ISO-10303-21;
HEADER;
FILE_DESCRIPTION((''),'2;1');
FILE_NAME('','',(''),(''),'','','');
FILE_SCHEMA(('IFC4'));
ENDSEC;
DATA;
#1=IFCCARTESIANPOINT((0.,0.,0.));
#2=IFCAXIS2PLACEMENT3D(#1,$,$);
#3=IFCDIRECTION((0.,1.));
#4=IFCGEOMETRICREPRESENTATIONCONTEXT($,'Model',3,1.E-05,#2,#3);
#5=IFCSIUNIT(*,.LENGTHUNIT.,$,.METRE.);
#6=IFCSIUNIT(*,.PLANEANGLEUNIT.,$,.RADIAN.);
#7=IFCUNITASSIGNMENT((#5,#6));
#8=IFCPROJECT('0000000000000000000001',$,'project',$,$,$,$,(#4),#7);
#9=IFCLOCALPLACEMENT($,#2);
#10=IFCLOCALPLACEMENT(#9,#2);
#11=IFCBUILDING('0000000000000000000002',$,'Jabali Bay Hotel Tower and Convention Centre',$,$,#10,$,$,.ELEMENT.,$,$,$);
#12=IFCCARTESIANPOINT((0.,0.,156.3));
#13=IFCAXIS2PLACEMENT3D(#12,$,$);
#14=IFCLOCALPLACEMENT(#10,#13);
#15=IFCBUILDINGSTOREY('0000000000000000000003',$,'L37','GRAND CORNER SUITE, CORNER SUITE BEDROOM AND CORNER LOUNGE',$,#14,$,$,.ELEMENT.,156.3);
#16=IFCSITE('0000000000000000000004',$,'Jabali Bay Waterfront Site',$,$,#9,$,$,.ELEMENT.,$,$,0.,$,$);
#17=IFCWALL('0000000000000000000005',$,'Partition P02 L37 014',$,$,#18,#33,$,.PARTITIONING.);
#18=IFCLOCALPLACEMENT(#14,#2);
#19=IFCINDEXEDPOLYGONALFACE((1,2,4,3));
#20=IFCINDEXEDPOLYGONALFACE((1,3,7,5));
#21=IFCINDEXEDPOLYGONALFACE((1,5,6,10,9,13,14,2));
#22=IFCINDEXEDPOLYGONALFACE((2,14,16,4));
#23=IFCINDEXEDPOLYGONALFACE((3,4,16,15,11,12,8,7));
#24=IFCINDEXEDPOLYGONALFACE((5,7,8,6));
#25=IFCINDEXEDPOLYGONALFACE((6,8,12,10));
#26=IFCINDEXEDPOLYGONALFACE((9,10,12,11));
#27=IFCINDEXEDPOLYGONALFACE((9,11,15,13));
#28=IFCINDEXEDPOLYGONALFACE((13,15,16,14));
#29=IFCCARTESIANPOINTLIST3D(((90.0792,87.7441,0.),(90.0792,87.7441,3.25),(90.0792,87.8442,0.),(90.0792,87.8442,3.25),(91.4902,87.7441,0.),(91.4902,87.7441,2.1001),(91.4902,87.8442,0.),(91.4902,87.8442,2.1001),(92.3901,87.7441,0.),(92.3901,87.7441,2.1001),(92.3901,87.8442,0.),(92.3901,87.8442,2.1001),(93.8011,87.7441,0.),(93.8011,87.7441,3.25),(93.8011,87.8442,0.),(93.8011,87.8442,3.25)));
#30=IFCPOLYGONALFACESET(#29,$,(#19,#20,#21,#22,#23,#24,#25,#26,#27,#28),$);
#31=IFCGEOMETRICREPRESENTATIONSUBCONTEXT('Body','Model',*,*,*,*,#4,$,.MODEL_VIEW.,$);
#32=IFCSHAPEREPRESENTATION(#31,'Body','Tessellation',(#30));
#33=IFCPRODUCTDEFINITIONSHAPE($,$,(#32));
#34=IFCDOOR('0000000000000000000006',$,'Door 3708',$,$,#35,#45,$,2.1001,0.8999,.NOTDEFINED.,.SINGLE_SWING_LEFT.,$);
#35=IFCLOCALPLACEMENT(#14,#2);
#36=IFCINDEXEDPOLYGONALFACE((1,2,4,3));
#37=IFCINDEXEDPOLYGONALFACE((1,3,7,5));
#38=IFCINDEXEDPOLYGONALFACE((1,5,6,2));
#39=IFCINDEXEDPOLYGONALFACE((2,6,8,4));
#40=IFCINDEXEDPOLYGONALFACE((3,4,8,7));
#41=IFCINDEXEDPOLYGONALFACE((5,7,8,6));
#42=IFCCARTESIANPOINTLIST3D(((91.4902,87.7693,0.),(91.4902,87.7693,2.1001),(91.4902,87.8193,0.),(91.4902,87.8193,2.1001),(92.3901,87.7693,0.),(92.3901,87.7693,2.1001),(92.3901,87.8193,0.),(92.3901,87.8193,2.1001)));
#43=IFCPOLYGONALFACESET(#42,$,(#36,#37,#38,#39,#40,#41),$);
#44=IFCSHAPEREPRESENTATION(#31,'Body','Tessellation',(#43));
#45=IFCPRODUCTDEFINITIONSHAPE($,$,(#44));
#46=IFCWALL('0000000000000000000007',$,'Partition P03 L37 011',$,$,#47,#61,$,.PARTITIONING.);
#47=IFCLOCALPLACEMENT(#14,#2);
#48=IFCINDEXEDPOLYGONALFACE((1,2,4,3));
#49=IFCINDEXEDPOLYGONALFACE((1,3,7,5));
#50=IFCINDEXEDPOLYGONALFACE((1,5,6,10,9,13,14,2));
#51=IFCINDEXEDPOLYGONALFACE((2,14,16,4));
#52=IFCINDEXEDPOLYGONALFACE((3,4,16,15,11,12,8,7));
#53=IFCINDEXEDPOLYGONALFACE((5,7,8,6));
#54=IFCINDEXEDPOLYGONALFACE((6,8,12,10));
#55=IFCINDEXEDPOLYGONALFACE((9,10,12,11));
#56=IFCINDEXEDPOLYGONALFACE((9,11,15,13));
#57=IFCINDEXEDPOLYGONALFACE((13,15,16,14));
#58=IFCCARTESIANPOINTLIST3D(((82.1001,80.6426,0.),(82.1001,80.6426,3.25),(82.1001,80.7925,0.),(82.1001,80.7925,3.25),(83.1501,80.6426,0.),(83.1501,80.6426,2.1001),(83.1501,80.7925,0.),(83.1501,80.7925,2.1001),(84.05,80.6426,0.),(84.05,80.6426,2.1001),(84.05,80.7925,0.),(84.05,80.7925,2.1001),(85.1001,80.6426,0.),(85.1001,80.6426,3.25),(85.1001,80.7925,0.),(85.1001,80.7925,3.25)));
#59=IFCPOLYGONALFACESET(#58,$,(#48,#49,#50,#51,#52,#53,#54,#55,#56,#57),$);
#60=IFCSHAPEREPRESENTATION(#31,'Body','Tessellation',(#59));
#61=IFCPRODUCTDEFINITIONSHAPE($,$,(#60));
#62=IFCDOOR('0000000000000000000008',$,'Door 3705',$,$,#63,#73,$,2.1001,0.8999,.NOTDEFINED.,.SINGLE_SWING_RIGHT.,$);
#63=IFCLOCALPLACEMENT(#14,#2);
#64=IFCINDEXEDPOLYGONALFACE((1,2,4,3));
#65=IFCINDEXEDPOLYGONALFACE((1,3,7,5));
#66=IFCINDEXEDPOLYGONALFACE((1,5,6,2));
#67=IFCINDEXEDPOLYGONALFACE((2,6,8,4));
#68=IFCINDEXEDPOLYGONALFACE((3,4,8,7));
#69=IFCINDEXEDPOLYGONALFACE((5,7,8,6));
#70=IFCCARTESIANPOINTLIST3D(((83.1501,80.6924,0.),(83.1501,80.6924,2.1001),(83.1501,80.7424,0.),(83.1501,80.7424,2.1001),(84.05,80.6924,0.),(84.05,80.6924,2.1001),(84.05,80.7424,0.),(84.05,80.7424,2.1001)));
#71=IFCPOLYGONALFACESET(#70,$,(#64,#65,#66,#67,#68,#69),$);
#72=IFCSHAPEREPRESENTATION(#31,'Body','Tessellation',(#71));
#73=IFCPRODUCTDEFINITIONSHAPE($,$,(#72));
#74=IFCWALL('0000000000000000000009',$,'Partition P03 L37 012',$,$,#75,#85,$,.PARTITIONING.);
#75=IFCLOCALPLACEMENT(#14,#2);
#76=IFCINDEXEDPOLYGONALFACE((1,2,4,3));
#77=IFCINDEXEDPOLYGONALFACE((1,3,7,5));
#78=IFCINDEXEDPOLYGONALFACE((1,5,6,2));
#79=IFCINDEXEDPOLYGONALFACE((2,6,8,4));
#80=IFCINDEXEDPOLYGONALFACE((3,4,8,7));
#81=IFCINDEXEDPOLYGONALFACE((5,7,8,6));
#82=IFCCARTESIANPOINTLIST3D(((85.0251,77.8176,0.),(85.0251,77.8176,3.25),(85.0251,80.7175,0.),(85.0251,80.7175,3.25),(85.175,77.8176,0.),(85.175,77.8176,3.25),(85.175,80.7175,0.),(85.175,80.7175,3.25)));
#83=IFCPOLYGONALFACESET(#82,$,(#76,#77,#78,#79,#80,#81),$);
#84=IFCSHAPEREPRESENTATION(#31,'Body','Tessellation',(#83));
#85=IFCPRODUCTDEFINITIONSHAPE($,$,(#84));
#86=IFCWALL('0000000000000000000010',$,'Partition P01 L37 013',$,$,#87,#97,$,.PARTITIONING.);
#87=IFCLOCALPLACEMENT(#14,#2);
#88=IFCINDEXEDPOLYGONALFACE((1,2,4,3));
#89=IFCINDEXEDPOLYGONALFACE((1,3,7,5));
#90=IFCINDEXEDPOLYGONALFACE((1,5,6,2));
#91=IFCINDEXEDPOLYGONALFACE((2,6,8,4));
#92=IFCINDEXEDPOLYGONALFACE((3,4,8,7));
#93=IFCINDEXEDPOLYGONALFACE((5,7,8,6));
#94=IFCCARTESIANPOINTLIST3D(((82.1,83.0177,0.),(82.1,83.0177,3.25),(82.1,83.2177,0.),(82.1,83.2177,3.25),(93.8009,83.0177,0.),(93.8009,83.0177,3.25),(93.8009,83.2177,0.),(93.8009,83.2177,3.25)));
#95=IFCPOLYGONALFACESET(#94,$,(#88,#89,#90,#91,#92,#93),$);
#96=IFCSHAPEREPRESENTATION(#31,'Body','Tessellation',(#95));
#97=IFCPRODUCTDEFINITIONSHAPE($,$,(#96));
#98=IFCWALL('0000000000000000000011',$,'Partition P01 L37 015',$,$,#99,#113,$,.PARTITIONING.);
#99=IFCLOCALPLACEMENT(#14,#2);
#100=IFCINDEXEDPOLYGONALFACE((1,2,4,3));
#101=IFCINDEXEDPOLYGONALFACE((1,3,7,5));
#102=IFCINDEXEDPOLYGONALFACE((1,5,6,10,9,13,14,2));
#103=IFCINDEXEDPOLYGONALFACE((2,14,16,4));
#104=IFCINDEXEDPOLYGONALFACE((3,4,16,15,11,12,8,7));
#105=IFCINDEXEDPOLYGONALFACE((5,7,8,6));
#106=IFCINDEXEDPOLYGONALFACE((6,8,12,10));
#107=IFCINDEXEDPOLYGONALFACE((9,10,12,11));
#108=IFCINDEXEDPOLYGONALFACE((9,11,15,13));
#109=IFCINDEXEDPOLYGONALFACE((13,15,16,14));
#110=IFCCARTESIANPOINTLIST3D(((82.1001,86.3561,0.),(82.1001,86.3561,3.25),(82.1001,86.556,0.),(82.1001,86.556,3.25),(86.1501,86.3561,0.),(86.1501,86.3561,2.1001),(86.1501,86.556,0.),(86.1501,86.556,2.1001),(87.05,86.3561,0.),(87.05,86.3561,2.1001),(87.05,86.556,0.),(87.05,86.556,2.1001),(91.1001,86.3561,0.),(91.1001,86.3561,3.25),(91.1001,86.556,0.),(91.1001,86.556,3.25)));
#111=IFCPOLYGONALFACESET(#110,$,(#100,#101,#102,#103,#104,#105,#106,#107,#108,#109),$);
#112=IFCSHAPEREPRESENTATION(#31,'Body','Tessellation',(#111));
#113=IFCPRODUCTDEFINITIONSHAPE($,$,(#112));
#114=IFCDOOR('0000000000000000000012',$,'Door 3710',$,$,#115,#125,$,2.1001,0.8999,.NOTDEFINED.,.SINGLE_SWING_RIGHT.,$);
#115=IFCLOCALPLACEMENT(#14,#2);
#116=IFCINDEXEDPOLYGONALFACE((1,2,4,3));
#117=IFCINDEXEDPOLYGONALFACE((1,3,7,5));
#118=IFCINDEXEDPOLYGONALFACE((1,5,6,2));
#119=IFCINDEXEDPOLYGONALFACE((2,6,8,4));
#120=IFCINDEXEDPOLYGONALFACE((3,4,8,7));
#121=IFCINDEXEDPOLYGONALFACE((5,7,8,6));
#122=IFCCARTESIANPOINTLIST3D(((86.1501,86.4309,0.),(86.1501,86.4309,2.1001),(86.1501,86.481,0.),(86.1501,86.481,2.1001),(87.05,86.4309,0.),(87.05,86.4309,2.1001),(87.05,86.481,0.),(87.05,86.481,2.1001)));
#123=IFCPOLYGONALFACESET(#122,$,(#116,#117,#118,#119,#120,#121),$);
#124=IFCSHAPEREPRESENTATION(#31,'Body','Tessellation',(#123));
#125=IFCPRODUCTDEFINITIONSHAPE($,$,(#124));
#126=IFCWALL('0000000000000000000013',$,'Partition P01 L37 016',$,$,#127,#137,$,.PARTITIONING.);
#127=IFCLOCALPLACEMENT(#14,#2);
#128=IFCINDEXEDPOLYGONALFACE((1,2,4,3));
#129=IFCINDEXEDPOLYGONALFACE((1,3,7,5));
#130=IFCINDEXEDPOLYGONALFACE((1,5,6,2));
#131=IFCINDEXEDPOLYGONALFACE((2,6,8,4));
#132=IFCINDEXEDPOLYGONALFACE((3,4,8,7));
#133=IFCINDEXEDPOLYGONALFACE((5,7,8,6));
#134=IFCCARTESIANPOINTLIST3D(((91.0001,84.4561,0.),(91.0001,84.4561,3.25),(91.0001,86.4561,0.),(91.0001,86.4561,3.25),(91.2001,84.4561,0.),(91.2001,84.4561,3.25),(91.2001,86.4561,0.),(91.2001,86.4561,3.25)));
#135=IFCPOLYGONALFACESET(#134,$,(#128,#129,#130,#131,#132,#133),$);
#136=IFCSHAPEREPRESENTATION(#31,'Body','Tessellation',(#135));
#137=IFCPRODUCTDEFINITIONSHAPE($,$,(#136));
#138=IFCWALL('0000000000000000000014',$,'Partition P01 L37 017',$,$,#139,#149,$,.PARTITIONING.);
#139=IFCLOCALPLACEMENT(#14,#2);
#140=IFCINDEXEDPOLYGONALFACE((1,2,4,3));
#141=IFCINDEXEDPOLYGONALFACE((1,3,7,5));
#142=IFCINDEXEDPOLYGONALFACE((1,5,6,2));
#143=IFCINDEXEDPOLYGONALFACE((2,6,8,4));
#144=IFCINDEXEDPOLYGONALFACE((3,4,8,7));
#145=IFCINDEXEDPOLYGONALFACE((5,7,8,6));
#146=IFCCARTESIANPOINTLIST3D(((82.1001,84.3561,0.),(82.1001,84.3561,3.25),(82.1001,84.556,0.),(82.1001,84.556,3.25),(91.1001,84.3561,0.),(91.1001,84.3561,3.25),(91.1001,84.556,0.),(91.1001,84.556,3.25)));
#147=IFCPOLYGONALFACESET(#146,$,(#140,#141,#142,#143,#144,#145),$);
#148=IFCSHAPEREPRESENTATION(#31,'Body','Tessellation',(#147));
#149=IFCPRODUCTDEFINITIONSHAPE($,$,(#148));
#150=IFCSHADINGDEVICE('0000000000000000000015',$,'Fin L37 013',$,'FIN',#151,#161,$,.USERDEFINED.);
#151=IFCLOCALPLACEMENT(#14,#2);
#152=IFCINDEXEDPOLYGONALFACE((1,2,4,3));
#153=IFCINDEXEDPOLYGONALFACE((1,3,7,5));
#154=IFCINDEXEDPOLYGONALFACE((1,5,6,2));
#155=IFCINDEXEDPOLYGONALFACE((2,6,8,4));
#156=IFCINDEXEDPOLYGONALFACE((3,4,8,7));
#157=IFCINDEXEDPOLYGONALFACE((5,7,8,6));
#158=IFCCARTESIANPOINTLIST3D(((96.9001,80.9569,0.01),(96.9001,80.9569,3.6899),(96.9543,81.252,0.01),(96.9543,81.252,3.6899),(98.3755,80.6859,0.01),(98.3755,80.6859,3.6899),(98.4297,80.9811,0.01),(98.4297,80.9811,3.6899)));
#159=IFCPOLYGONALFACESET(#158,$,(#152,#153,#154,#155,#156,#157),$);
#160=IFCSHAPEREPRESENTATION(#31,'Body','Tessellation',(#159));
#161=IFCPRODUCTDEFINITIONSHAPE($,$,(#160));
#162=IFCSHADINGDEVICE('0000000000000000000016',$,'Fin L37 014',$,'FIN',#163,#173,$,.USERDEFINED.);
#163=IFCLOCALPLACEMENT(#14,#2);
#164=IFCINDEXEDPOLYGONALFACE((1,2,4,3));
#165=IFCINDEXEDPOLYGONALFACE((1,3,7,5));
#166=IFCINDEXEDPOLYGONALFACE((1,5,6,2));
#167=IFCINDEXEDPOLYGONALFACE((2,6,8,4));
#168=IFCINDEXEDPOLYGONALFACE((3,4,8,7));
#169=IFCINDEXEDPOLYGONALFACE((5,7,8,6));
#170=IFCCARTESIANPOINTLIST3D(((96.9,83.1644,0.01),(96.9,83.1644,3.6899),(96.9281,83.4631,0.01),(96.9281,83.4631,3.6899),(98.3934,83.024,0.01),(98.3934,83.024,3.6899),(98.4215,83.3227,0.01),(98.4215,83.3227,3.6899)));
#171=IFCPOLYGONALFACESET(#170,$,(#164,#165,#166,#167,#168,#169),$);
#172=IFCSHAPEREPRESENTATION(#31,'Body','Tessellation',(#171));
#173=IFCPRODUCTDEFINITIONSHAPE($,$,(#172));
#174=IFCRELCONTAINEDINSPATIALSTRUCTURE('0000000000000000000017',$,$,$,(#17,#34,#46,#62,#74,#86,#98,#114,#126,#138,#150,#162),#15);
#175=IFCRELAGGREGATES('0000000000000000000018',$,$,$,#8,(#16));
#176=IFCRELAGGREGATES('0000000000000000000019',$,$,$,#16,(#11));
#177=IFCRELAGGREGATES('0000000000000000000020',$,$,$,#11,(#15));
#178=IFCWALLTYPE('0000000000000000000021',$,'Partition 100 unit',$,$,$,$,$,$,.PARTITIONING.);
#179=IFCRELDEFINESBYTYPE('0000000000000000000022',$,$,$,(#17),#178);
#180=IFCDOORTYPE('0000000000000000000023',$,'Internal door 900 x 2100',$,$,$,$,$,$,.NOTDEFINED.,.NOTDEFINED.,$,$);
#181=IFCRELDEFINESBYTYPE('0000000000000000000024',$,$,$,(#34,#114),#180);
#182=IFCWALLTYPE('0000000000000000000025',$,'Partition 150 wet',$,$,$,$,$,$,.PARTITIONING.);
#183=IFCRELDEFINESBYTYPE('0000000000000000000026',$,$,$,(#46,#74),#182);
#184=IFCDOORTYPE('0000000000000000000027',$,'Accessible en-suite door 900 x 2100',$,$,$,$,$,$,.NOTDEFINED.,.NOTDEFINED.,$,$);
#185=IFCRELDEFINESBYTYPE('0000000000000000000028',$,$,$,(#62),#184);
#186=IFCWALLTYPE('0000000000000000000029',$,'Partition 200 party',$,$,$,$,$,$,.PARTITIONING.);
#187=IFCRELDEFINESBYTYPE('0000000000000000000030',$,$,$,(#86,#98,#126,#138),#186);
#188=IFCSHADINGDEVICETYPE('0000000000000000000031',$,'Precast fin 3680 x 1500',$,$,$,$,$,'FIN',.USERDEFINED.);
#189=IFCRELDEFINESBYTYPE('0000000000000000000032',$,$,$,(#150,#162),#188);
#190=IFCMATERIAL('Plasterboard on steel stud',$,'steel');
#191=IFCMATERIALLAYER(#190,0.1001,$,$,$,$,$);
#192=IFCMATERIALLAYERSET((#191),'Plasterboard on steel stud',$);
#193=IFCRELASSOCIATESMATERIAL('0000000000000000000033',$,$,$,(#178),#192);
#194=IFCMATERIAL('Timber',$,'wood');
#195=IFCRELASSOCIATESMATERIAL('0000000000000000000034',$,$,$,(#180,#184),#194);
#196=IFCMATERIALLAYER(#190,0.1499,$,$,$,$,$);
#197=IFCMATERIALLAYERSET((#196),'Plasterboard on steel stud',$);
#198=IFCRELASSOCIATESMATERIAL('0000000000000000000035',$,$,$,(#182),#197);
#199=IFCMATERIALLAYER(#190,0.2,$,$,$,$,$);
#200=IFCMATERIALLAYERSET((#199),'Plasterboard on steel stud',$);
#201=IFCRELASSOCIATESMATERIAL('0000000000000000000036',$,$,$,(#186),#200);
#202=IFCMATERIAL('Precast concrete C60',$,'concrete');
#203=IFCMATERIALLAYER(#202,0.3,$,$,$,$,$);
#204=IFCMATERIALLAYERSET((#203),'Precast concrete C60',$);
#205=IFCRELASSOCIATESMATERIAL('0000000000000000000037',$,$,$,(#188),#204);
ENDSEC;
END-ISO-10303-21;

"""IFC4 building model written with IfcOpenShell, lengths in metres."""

from ifc_helpers import new_model, si_unit, direction, frame, frame_2d, origin, place, context, subcontext, project, spatial, rectangle, extrude, material, layer, layer_set, type_object, element, fill, save


model = new_model("IFC4")

# Units and contexts
model_context = context("Model", 3, precision=1e-05, world=origin(), true_north=direction((0.0, 1.0)))
body_context = subcontext(model_context, "Body", "Model", "MODEL_VIEW")
ifc_project = project(units=[si_unit("LENGTHUNIT", "METRE"), si_unit("PLANEANGLEUNIT", "RADIAN")], contexts=[model_context])

# Site, building, storey
site_placement = place(None, origin())
site = spatial("IfcSite", under=ifc_project, at=site_placement, Name="Jabali Bay Waterfront Site", CompositionType="ELEMENT", RefElevation=0.0)
building_placement = place(site_placement, origin())
building = spatial("IfcBuilding", under=site, at=building_placement, Name="Jabali Bay Hotel Tower and Convention Centre", CompositionType="ELEMENT")
storey_placement = place(building_placement, frame((0.0, 0.0, 156.3)))
storey = spatial("IfcBuildingStorey", under=building, at=storey_placement, Name="L37", Description="GRAND CORNER SUITE, CORNER SUITE BEDROOM AND CORNER LOUNGE", CompositionType="ELEMENT", Elevation=156.3)

# Walls, openings, doors
ifc_material_1 = material(Name="Plasterboard on steel stud", Category="steel")
ifc_layer_1 = layer(ifc_material_1, 0.1001)
ifc_layer_set_1 = layer_set([ifc_layer_1], Name="Plasterboard on steel stud")
wall_type_1 = type_object("IfcWallType", Name="Partition 100 unit", PredefinedType="PARTITIONING", material=ifc_layer_set_1)
wall_1_placement = place(storey_placement, frame((93.801, 87.7942, 0.0), z_axis=(0.0, 0.0, 1.0), x_axis=(-1.0, 0.0, 0.0)))
wall_1 = element("IfcWall", 1, at=wall_1_placement, inside=storey, type_object=wall_type_1, Name="Partition P02 L37 014", PredefinedType="PARTITIONING", context=body_context, shape_type="SweptSolid", body=[
    extrude(rectangle(XDim=3.7219, YDim=0.1001, at=frame_2d((1.8608, 0.0))), origin(), (0.0, 0.0, 1.0), 3.25),
])
opening_1_placement = place(wall_1_placement, frame((1.4109, 0.0, 0.0)))
opening_1 = element("IfcOpeningElement", 2, at=opening_1_placement, cuts=wall_1, PredefinedType="OPENING", context=body_context, shape_type="SweptSolid", body=[
    extrude(rectangle(XDim=0.8999, YDim=2.1001, at=frame_2d((0.45, 1.05))), frame((0.0, 0.0605, 0.0), z_axis=(0.0, -1.0, 0.0), x_axis=(1.0, 0.0, 0.0)), (0.0, 0.0, 1.0), 0.1211),
])
ifc_material_2 = material(Name="Timber", Category="wood")
door_type_1 = type_object("IfcDoorType", Name="Internal door 900 x 2100", OperationType="NOTDEFINED", PredefinedType="NOTDEFINED", material=ifc_material_2)
door_1_placement = place(opening_1_placement, origin())
door_1 = element("IfcDoor", 3, at=door_1_placement, inside=storey, type_object=door_type_1, Name="Door 3708", OperationType="SINGLE_SWING_LEFT", OverallHeight=2.1001, OverallWidth=0.8999, PredefinedType="NOTDEFINED", context=body_context, shape_type="SweptSolid", body=[
    extrude(rectangle(XDim=0.8999, YDim=2.1001, at=frame_2d((0.45, 1.05))), frame((0.0, 0.0249, 0.0), z_axis=(0.0, -1.0, 0.0), x_axis=(1.0, 0.0, 0.0)), (0.0, 0.0, 1.0), 0.05),
])
fill(opening_1, door_1)
ifc_layer_2 = layer(ifc_material_1, 0.1499)
ifc_layer_set_2 = layer_set([ifc_layer_2], Name="Plasterboard on steel stud")
wall_type_2 = type_object("IfcWallType", Name="Partition 150 wet", PredefinedType="PARTITIONING", material=ifc_layer_set_2)
wall_2_placement = place(storey_placement, frame((82.1001, 80.7175, 0.0), z_axis=(0.0, 0.0, 1.0), x_axis=(1.0, 0.0, 0.0)))
wall_2 = element("IfcWall", 4, at=wall_2_placement, inside=storey, type_object=wall_type_2, Name="Partition P03 L37 011", PredefinedType="PARTITIONING", context=body_context, shape_type="SweptSolid", body=[
    extrude(rectangle(XDim=3.0, YDim=0.1499, at=frame_2d((1.5, 0.0))), origin(), (0.0, 0.0, 1.0), 3.25),
])
opening_2_placement = place(wall_2_placement, frame((1.05, 0.0, 0.0)))
opening_2 = element("IfcOpeningElement", 5, at=opening_2_placement, cuts=wall_2, PredefinedType="OPENING", context=body_context, shape_type="SweptSolid", body=[
    extrude(rectangle(XDim=0.8999, YDim=2.1001, at=frame_2d((0.45, 1.05))), frame((0.0, 0.0854, 0.0), z_axis=(0.0, -1.0, 0.0), x_axis=(1.0, 0.0, 0.0)), (0.0, 0.0, 1.0), 0.1709),
])
door_type_2 = type_object("IfcDoorType", Name="Accessible en-suite door 900 x 2100", OperationType="NOTDEFINED", PredefinedType="NOTDEFINED", material=ifc_material_2)
door_2_placement = place(opening_2_placement, origin())
door_2 = element("IfcDoor", 6, at=door_2_placement, inside=storey, type_object=door_type_2, Name="Door 3705", OperationType="SINGLE_SWING_RIGHT", OverallHeight=2.1001, OverallWidth=0.8999, PredefinedType="NOTDEFINED", context=body_context, shape_type="SweptSolid", body=[
    extrude(rectangle(XDim=0.8999, YDim=2.1001, at=frame_2d((0.45, 1.05))), frame((0.0, 0.0249, 0.0), z_axis=(0.0, -1.0, 0.0), x_axis=(1.0, 0.0, 0.0)), (0.0, 0.0, 1.0), 0.05),
])
fill(opening_2, door_2)

# Walls
wall_3_placement = place(storey_placement, frame((85.1001, 80.7175, 0.0), z_axis=(0.0, 0.0, 1.0), x_axis=(0.0, -1.0, 0.0)))
element("IfcWall", 7, at=wall_3_placement, inside=storey, type_object=wall_type_2, Name="Partition P03 L37 012", PredefinedType="PARTITIONING", context=body_context, shape_type="SweptSolid", body=[
    extrude(rectangle(XDim=2.8999, YDim=0.1499, at=frame_2d((1.45, 0.0))), origin(), (0.0, 0.0, 1.0), 3.25),
])
ifc_layer_3 = layer(ifc_material_1, 0.2)
ifc_layer_set_3 = layer_set([ifc_layer_3], Name="Plasterboard on steel stud")
wall_type_3 = type_object("IfcWallType", Name="Partition 200 party", PredefinedType="PARTITIONING", material=ifc_layer_set_3)
wall_4_placement = place(storey_placement, frame((93.801, 83.1177, 0.0), z_axis=(0.0, 0.0, 1.0), x_axis=(-1.0, 0.0, 0.0)))
element("IfcWall", 8, at=wall_4_placement, inside=storey, type_object=wall_type_3, Name="Partition P01 L37 013", PredefinedType="PARTITIONING", context=body_context, shape_type="SweptSolid", body=[
    extrude(rectangle(XDim=11.7009, YDim=0.2, at=frame_2d((5.8506, 0.0))), origin(), (0.0, 0.0, 1.0), 3.25),
])

# Wall, opening, door
wall_5_placement = place(storey_placement, frame((82.1001, 86.4561, 0.0), z_axis=(0.0, 0.0, 1.0), x_axis=(1.0, 0.0, 0.0)))
wall_5 = element("IfcWall", 9, at=wall_5_placement, inside=storey, type_object=wall_type_3, Name="Partition P01 L37 015", PredefinedType="PARTITIONING", context=body_context, shape_type="SweptSolid", body=[
    extrude(rectangle(XDim=9.0, YDim=0.2, at=frame_2d((4.5, 0.0))), origin(), (0.0, 0.0, 1.0), 3.25),
])
opening_3_placement = place(wall_5_placement, frame((4.05, 0.0, 0.0)))
opening_3 = element("IfcOpeningElement", 10, at=opening_3_placement, cuts=wall_5, PredefinedType="OPENING", context=body_context, shape_type="SweptSolid", body=[
    extrude(rectangle(XDim=0.8999, YDim=2.1001, at=frame_2d((0.45, 1.05))), frame((0.0, 0.1104, 0.0), z_axis=(0.0, -1.0, 0.0), x_axis=(1.0, 0.0, 0.0)), (0.0, 0.0, 1.0), 0.2209),
])
door_3_placement = place(opening_3_placement, origin())
door_3 = element("IfcDoor", 11, at=door_3_placement, inside=storey, type_object=door_type_1, Name="Door 3710", OperationType="SINGLE_SWING_RIGHT", OverallHeight=2.1001, OverallWidth=0.8999, PredefinedType="NOTDEFINED", context=body_context, shape_type="SweptSolid", body=[
    extrude(rectangle(XDim=0.8999, YDim=2.1001, at=frame_2d((0.45, 1.05))), frame((0.0, 0.0249, 0.0), z_axis=(0.0, -1.0, 0.0), x_axis=(1.0, 0.0, 0.0)), (0.0, 0.0, 1.0), 0.05),
])
fill(opening_3, door_3)

# Walls
wall_6_placement = place(storey_placement, frame((91.1001, 86.4561, 0.0), z_axis=(0.0, 0.0, 1.0), x_axis=(0.0, -1.0, 0.0)))
element("IfcWall", 12, at=wall_6_placement, inside=storey, type_object=wall_type_3, Name="Partition P01 L37 016", PredefinedType="PARTITIONING", context=body_context, shape_type="SweptSolid", body=[
    extrude(rectangle(XDim=2.0, YDim=0.2, at=frame_2d((1.0, 0.0))), origin(), (0.0, 0.0, 1.0), 3.25),
])
wall_7_placement = place(storey_placement, frame((91.1001, 84.4561, 0.0), z_axis=(0.0, 0.0, 1.0), x_axis=(-1.0, 0.0, 0.0)))
element("IfcWall", 13, at=wall_7_placement, inside=storey, type_object=wall_type_3, Name="Partition P01 L37 017", PredefinedType="PARTITIONING", context=body_context, shape_type="SweptSolid", body=[
    extrude(rectangle(XDim=9.0, YDim=0.2, at=frame_2d((4.5, 0.0))), origin(), (0.0, 0.0, 1.0), 3.25),
])

# Shading devices
ifc_material_3 = material(Name="Precast concrete C60", Category="concrete")
ifc_layer_4 = layer(ifc_material_3, 0.3)
ifc_layer_set_4 = layer_set([ifc_layer_4], Name="Precast concrete C60")
shading_device_type = type_object("IfcShadingDeviceType", Name="Precast fin 3680 x 1500", ElementType="FIN", PredefinedType="USERDEFINED", material=ifc_layer_set_4)
for number, where, z_axis, x_axis, name in (
    (14, (96.9272, 81.1045, 0.01), (0.0, 0.0, 1.0), (0.983545, -0.180661, 0.0), "Fin L37 013"),
    (15, (96.9141, 83.3137, 0.01), (0.0, 0.0, 1.0), (0.995611, -0.093588, 0.0), "Fin L37 014"),
):
    element("IfcShadingDevice", number, at=place(storey_placement, frame(where, z_axis=z_axis, x_axis=x_axis)), inside=storey, type_object=shading_device_type, Name=name, ObjectType="FIN", PredefinedType="USERDEFINED", context=body_context, shape_type="SweptSolid", body=[
        extrude(rectangle(XDim=1.5, YDim=0.3, at=frame_2d((0.75, 0.0))), origin(), (0.0, 0.0, 1.0), 3.6799),
    ])

save(model, "model.ifc")
